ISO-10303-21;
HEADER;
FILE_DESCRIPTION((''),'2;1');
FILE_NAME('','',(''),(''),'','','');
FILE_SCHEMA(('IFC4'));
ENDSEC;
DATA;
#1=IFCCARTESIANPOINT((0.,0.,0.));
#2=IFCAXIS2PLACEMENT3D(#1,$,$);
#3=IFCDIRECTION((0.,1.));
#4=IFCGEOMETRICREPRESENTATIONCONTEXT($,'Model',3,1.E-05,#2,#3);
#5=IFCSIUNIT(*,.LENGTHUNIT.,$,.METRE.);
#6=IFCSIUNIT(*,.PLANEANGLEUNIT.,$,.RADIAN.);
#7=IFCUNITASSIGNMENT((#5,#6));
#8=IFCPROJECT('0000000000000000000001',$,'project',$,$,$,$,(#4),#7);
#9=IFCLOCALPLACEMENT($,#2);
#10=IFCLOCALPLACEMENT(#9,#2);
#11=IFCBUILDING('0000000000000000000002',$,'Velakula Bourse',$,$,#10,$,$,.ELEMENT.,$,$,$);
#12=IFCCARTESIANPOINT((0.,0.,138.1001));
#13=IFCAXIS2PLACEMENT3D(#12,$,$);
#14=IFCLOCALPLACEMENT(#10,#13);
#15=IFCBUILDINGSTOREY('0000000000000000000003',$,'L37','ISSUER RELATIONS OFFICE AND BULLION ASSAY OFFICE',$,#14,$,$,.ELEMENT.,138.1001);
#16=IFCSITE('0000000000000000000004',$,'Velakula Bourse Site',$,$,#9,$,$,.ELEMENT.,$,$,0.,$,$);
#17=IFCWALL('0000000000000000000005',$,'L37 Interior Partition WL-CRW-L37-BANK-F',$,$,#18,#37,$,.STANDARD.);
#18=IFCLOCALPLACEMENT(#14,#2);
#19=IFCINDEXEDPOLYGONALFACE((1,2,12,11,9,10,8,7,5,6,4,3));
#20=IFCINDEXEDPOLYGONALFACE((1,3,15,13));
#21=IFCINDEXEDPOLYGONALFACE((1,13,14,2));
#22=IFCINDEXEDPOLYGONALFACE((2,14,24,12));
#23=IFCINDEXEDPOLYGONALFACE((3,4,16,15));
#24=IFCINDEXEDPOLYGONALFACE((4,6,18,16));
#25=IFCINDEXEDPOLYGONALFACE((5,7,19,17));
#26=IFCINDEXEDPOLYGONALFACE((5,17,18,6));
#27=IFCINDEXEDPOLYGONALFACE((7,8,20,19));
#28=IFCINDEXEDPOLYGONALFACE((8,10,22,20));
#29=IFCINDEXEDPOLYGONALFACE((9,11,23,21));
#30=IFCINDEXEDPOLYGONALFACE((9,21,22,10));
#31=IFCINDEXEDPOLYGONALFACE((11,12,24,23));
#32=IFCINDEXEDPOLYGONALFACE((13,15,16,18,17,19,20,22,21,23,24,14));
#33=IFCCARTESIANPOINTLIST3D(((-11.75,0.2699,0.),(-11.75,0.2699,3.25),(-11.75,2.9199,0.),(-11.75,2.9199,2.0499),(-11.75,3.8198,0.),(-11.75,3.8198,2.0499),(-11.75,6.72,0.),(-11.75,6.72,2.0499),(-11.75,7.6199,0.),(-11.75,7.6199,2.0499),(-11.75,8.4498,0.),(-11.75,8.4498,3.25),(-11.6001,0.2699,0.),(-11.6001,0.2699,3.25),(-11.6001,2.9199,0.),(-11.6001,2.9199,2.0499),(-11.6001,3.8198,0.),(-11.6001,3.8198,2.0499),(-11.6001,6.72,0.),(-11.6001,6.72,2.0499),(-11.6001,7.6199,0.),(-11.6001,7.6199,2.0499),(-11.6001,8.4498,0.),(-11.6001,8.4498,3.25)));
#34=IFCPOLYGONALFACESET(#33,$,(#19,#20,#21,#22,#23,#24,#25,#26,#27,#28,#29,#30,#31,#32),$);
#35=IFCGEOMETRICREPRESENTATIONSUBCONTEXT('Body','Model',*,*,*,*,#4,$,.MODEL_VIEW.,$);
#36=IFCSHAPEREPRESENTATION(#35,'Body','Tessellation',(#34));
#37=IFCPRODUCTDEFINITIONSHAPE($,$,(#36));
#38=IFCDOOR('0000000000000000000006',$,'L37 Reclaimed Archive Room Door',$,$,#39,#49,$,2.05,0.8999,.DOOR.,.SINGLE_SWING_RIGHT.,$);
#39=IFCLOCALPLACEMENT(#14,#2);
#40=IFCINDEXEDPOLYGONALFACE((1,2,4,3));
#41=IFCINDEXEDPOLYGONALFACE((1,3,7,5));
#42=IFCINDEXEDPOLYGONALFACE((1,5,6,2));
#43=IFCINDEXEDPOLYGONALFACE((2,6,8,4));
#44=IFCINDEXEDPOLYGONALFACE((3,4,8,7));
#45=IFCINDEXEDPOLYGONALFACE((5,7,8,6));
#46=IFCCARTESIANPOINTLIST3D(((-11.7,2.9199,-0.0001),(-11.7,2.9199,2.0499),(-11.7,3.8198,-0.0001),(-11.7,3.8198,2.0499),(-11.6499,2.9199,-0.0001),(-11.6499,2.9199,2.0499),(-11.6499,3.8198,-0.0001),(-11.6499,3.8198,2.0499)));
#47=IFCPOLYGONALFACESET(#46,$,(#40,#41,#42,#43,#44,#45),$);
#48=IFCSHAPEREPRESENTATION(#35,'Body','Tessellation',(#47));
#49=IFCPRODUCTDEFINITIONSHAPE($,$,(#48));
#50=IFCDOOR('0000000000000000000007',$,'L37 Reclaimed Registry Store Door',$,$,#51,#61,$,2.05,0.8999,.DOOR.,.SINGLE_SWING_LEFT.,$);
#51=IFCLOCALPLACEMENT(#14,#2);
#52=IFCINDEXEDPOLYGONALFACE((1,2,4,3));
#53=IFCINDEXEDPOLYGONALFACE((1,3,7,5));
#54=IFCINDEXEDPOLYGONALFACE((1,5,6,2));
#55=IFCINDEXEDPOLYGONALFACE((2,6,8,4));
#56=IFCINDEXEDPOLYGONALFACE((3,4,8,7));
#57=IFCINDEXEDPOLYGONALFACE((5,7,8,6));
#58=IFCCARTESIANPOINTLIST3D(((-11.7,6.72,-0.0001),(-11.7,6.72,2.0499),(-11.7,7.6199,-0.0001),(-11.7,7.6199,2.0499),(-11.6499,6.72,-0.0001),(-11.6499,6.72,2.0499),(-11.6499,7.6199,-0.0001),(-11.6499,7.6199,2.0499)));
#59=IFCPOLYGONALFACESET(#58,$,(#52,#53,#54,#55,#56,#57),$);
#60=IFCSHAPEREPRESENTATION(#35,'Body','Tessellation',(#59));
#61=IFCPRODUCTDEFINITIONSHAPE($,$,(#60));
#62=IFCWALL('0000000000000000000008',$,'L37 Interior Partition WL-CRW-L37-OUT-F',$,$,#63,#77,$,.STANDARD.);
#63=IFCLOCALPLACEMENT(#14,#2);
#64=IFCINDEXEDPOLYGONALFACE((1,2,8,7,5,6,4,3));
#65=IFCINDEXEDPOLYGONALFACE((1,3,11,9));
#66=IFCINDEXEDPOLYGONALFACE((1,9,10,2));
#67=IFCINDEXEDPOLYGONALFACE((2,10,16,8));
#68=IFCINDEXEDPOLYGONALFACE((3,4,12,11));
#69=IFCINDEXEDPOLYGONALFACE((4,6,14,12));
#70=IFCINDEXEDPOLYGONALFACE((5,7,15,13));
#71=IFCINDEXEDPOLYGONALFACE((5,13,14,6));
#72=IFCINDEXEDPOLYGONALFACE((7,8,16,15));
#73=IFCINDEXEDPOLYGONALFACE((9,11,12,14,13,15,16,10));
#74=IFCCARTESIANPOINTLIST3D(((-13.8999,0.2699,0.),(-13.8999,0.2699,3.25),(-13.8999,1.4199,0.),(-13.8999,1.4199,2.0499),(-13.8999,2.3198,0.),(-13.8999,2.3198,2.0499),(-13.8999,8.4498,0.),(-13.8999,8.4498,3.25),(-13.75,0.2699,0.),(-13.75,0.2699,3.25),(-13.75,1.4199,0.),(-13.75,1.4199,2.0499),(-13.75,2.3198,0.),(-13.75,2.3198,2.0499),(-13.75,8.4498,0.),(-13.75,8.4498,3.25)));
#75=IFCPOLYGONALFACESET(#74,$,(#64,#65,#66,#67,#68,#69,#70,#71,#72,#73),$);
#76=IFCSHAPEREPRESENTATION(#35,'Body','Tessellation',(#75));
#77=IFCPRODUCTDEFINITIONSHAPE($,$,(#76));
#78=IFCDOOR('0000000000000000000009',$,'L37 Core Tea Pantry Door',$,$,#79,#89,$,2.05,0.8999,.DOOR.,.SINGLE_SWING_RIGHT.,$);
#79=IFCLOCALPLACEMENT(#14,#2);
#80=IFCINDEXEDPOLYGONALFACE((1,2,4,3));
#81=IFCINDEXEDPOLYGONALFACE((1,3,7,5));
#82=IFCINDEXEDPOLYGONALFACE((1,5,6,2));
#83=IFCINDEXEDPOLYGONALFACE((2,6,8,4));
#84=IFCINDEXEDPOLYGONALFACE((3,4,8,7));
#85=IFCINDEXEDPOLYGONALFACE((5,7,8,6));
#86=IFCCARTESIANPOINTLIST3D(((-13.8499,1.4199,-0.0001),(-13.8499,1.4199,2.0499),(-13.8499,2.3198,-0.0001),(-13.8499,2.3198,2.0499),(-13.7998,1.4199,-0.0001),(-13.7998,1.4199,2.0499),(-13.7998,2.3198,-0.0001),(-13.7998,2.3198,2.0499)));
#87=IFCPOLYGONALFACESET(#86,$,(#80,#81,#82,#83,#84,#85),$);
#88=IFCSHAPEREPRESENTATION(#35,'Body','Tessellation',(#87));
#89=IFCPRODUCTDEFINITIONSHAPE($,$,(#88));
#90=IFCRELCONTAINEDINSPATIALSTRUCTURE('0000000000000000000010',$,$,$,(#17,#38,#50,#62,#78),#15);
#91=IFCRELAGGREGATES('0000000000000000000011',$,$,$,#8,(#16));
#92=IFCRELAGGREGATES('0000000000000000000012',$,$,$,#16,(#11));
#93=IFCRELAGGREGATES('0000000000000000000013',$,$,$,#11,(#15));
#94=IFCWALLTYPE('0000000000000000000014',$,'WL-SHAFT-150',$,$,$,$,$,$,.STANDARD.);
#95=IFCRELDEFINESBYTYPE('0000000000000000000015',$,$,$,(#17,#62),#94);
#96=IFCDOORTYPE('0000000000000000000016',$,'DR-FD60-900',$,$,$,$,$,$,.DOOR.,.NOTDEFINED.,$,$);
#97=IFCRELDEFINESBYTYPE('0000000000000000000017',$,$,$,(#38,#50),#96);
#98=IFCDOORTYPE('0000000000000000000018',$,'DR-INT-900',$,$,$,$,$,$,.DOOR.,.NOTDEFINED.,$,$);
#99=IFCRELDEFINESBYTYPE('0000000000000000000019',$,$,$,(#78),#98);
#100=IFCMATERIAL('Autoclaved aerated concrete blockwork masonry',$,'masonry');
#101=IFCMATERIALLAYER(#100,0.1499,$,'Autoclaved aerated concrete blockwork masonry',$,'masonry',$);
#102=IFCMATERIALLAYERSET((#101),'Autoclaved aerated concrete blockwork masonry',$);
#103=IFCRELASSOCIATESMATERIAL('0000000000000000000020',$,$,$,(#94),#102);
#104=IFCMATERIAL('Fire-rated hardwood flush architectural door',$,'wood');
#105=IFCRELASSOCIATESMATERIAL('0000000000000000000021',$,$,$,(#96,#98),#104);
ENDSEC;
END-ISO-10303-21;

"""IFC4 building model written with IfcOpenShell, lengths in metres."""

from ifc_helpers import new_model, si_unit, direction, frame, frame_2d, origin, place, context, subcontext, project, spatial, rectangle, extrude, material, layer, layer_set, type_object, element, fill, save


model = new_model("IFC4")

# Units and contexts
model_context = context("Model", 3, precision=1e-05, world=origin(), true_north=direction((0.0, 1.0)))
body_context = subcontext(model_context, "Body", "Model", "MODEL_VIEW")
ifc_project = project(units=[si_unit("LENGTHUNIT", "METRE"), si_unit("PLANEANGLEUNIT", "RADIAN")], contexts=[model_context])

# Site, building, storey
site_placement = place(None, origin())
site = spatial("IfcSite", under=ifc_project, at=site_placement, Name="Velakula Bourse Site", CompositionType="ELEMENT", RefElevation=0.0)
building_placement = place(site_placement, origin())
building = spatial("IfcBuilding", under=site, at=building_placement, Name="Velakula Bourse", CompositionType="ELEMENT")
storey_placement = place(building_placement, frame((0.0, 0.0, 138.1001)))
storey = spatial("IfcBuildingStorey", under=building, at=storey_placement, Name="L37", Description="ISSUER RELATIONS OFFICE AND BULLION ASSAY OFFICE", CompositionType="ELEMENT", Elevation=138.1001)

# Shared definitions
ifc_material_1 = material(Name="Fire-rated hardwood flush architectural door", Category="wood")

# Shared definitions
ifc_material_2 = material(Name="Autoclaved aerated concrete blockwork masonry", Category="masonry")
ifc_layer_1 = layer(ifc_material_2, 0.1499, Name="Autoclaved aerated concrete blockwork masonry", Category="masonry")
ifc_layer_set_1 = layer_set([ifc_layer_1], Name="Autoclaved aerated concrete blockwork masonry")
wall_type_1 = type_object("IfcWallType", Name="WL-SHAFT-150", PredefinedType="STANDARD", material=ifc_layer_set_1)

# Wall, openings, doors
wall_1_placement = place(storey_placement, frame((-11.675, 0.27, 0.0), z_axis=(0.0, 0.0, 1.0), x_axis=(0.0, 1.0, 0.0)))
wall_1 = element("IfcWall", 1, at=wall_1_placement, inside=storey, type_object=wall_type_1, Name="L37 Interior Partition WL-CRW-L37-BANK-F", PredefinedType="STANDARD", context=body_context, shape_type="SweptSolid", body=[
    extrude(rectangle(XDim=8.1799, YDim=0.1499, at=frame_2d((4.0898, 0.0))), origin(), (0.0, 0.0, 1.0), 3.25),
])
opening_1_placement = place(wall_1_placement, frame((2.6499, 0.0, 0.0)))
opening_1 = element("IfcOpeningElement", 2, at=opening_1_placement, cuts=wall_1, PredefinedType="OPENING", context=body_context, shape_type="SweptSolid", body=[
    extrude(rectangle(XDim=0.8999, YDim=2.05, at=frame_2d((0.45, 1.0249))), frame((0.0, 0.085, 0.0), z_axis=(0.0, -1.0, 0.0), x_axis=(1.0, 0.0, 0.0)), (0.0, 0.0, 1.0), 0.1699),
])
opening_2_placement = place(wall_1_placement, frame((6.45, 0.0, 0.0)))
opening_2 = element("IfcOpeningElement", 3, at=opening_2_placement, cuts=wall_1, PredefinedType="OPENING", context=body_context, shape_type="SweptSolid", body=[
    extrude(rectangle(XDim=0.8999, YDim=2.05, at=frame_2d((0.45, 1.0249))), frame((0.0, 0.085, 0.0), z_axis=(0.0, -1.0, 0.0), x_axis=(1.0, 0.0, 0.0)), (0.0, 0.0, 1.0), 0.1699),
])
door_type_1 = type_object("IfcDoorType", Name="DR-FD60-900", OperationType="NOTDEFINED", PredefinedType="DOOR", material=ifc_material_1)
door_1_placement = place(opening_1_placement, origin())
door_1 = element("IfcDoor", 4, at=door_1_placement, inside=storey, type_object=door_type_1, Name="L37 Reclaimed Archive Room Door", OperationType="SINGLE_SWING_RIGHT", OverallHeight=2.05, OverallWidth=0.8999, PredefinedType="DOOR", context=body_context, shape_type="SweptSolid", body=[
    extrude(rectangle(XDim=0.8999, YDim=2.05, at=frame_2d((0.45, 1.0249))), frame((0.0, 0.0249, 0.0), z_axis=(0.0, -1.0, 0.0), x_axis=(1.0, 0.0, 0.0)), (0.0, 0.0, 1.0), 0.05),
])
fill(opening_1, door_1)
door_2_placement = place(opening_2_placement, origin())
door_2 = element("IfcDoor", 5, at=door_2_placement, inside=storey, type_object=door_type_1, Name="L37 Reclaimed Registry Store Door", OperationType="SINGLE_SWING_LEFT", OverallHeight=2.05, OverallWidth=0.8999, PredefinedType="DOOR", context=body_context, shape_type="SweptSolid", body=[
    extrude(rectangle(XDim=0.8999, YDim=2.05, at=frame_2d((0.45, 1.0249))), frame((0.0, 0.0249, 0.0), z_axis=(0.0, -1.0, 0.0), x_axis=(1.0, 0.0, 0.0)), (0.0, 0.0, 1.0), 0.05),
])
fill(opening_2, door_2)

# Wall, opening, door
wall_2_placement = place(storey_placement, frame((-13.825, 0.27, 0.0), z_axis=(0.0, 0.0, 1.0), x_axis=(0.0, 1.0, 0.0)))
wall_2 = element("IfcWall", 6, at=wall_2_placement, inside=storey, type_object=wall_type_1, Name="L37 Interior Partition WL-CRW-L37-OUT-F", PredefinedType="STANDARD", context=body_context, shape_type="SweptSolid", body=[
    extrude(rectangle(XDim=8.1799, YDim=0.1499, at=frame_2d((4.0898, 0.0))), origin(), (0.0, 0.0, 1.0), 3.25),
])
opening_3_placement = place(wall_2_placement, frame((1.1499, 0.0, 0.0)))
opening_3 = element("IfcOpeningElement", 7, at=opening_3_placement, cuts=wall_2, PredefinedType="OPENING", context=body_context, shape_type="SweptSolid", body=[
    extrude(rectangle(XDim=0.8999, YDim=2.05, at=frame_2d((0.45, 1.0249))), frame((0.0, 0.085, 0.0), z_axis=(0.0, -1.0, 0.0), x_axis=(1.0, 0.0, 0.0)), (0.0, 0.0, 1.0), 0.1699),
])
door_type_2 = type_object("IfcDoorType", Name="DR-INT-900", OperationType="NOTDEFINED", PredefinedType="DOOR", material=ifc_material_1)
door_3_placement = place(opening_3_placement, origin())
door_3 = element("IfcDoor", 8, at=door_3_placement, inside=storey, type_object=door_type_2, Name="L37 Core Tea Pantry Door", OperationType="SINGLE_SWING_RIGHT", OverallHeight=2.05, OverallWidth=0.8999, PredefinedType="DOOR", context=body_context, shape_type="SweptSolid", body=[
    extrude(rectangle(XDim=0.8999, YDim=2.05, at=frame_2d((0.45, 1.0249))), frame((0.0, 0.0249, 0.0), z_axis=(0.0, -1.0, 0.0), x_axis=(1.0, 0.0, 0.0)), (0.0, 0.0, 1.0), 0.05),
])
fill(opening_3, door_3)

save(model, "model.ifc")
